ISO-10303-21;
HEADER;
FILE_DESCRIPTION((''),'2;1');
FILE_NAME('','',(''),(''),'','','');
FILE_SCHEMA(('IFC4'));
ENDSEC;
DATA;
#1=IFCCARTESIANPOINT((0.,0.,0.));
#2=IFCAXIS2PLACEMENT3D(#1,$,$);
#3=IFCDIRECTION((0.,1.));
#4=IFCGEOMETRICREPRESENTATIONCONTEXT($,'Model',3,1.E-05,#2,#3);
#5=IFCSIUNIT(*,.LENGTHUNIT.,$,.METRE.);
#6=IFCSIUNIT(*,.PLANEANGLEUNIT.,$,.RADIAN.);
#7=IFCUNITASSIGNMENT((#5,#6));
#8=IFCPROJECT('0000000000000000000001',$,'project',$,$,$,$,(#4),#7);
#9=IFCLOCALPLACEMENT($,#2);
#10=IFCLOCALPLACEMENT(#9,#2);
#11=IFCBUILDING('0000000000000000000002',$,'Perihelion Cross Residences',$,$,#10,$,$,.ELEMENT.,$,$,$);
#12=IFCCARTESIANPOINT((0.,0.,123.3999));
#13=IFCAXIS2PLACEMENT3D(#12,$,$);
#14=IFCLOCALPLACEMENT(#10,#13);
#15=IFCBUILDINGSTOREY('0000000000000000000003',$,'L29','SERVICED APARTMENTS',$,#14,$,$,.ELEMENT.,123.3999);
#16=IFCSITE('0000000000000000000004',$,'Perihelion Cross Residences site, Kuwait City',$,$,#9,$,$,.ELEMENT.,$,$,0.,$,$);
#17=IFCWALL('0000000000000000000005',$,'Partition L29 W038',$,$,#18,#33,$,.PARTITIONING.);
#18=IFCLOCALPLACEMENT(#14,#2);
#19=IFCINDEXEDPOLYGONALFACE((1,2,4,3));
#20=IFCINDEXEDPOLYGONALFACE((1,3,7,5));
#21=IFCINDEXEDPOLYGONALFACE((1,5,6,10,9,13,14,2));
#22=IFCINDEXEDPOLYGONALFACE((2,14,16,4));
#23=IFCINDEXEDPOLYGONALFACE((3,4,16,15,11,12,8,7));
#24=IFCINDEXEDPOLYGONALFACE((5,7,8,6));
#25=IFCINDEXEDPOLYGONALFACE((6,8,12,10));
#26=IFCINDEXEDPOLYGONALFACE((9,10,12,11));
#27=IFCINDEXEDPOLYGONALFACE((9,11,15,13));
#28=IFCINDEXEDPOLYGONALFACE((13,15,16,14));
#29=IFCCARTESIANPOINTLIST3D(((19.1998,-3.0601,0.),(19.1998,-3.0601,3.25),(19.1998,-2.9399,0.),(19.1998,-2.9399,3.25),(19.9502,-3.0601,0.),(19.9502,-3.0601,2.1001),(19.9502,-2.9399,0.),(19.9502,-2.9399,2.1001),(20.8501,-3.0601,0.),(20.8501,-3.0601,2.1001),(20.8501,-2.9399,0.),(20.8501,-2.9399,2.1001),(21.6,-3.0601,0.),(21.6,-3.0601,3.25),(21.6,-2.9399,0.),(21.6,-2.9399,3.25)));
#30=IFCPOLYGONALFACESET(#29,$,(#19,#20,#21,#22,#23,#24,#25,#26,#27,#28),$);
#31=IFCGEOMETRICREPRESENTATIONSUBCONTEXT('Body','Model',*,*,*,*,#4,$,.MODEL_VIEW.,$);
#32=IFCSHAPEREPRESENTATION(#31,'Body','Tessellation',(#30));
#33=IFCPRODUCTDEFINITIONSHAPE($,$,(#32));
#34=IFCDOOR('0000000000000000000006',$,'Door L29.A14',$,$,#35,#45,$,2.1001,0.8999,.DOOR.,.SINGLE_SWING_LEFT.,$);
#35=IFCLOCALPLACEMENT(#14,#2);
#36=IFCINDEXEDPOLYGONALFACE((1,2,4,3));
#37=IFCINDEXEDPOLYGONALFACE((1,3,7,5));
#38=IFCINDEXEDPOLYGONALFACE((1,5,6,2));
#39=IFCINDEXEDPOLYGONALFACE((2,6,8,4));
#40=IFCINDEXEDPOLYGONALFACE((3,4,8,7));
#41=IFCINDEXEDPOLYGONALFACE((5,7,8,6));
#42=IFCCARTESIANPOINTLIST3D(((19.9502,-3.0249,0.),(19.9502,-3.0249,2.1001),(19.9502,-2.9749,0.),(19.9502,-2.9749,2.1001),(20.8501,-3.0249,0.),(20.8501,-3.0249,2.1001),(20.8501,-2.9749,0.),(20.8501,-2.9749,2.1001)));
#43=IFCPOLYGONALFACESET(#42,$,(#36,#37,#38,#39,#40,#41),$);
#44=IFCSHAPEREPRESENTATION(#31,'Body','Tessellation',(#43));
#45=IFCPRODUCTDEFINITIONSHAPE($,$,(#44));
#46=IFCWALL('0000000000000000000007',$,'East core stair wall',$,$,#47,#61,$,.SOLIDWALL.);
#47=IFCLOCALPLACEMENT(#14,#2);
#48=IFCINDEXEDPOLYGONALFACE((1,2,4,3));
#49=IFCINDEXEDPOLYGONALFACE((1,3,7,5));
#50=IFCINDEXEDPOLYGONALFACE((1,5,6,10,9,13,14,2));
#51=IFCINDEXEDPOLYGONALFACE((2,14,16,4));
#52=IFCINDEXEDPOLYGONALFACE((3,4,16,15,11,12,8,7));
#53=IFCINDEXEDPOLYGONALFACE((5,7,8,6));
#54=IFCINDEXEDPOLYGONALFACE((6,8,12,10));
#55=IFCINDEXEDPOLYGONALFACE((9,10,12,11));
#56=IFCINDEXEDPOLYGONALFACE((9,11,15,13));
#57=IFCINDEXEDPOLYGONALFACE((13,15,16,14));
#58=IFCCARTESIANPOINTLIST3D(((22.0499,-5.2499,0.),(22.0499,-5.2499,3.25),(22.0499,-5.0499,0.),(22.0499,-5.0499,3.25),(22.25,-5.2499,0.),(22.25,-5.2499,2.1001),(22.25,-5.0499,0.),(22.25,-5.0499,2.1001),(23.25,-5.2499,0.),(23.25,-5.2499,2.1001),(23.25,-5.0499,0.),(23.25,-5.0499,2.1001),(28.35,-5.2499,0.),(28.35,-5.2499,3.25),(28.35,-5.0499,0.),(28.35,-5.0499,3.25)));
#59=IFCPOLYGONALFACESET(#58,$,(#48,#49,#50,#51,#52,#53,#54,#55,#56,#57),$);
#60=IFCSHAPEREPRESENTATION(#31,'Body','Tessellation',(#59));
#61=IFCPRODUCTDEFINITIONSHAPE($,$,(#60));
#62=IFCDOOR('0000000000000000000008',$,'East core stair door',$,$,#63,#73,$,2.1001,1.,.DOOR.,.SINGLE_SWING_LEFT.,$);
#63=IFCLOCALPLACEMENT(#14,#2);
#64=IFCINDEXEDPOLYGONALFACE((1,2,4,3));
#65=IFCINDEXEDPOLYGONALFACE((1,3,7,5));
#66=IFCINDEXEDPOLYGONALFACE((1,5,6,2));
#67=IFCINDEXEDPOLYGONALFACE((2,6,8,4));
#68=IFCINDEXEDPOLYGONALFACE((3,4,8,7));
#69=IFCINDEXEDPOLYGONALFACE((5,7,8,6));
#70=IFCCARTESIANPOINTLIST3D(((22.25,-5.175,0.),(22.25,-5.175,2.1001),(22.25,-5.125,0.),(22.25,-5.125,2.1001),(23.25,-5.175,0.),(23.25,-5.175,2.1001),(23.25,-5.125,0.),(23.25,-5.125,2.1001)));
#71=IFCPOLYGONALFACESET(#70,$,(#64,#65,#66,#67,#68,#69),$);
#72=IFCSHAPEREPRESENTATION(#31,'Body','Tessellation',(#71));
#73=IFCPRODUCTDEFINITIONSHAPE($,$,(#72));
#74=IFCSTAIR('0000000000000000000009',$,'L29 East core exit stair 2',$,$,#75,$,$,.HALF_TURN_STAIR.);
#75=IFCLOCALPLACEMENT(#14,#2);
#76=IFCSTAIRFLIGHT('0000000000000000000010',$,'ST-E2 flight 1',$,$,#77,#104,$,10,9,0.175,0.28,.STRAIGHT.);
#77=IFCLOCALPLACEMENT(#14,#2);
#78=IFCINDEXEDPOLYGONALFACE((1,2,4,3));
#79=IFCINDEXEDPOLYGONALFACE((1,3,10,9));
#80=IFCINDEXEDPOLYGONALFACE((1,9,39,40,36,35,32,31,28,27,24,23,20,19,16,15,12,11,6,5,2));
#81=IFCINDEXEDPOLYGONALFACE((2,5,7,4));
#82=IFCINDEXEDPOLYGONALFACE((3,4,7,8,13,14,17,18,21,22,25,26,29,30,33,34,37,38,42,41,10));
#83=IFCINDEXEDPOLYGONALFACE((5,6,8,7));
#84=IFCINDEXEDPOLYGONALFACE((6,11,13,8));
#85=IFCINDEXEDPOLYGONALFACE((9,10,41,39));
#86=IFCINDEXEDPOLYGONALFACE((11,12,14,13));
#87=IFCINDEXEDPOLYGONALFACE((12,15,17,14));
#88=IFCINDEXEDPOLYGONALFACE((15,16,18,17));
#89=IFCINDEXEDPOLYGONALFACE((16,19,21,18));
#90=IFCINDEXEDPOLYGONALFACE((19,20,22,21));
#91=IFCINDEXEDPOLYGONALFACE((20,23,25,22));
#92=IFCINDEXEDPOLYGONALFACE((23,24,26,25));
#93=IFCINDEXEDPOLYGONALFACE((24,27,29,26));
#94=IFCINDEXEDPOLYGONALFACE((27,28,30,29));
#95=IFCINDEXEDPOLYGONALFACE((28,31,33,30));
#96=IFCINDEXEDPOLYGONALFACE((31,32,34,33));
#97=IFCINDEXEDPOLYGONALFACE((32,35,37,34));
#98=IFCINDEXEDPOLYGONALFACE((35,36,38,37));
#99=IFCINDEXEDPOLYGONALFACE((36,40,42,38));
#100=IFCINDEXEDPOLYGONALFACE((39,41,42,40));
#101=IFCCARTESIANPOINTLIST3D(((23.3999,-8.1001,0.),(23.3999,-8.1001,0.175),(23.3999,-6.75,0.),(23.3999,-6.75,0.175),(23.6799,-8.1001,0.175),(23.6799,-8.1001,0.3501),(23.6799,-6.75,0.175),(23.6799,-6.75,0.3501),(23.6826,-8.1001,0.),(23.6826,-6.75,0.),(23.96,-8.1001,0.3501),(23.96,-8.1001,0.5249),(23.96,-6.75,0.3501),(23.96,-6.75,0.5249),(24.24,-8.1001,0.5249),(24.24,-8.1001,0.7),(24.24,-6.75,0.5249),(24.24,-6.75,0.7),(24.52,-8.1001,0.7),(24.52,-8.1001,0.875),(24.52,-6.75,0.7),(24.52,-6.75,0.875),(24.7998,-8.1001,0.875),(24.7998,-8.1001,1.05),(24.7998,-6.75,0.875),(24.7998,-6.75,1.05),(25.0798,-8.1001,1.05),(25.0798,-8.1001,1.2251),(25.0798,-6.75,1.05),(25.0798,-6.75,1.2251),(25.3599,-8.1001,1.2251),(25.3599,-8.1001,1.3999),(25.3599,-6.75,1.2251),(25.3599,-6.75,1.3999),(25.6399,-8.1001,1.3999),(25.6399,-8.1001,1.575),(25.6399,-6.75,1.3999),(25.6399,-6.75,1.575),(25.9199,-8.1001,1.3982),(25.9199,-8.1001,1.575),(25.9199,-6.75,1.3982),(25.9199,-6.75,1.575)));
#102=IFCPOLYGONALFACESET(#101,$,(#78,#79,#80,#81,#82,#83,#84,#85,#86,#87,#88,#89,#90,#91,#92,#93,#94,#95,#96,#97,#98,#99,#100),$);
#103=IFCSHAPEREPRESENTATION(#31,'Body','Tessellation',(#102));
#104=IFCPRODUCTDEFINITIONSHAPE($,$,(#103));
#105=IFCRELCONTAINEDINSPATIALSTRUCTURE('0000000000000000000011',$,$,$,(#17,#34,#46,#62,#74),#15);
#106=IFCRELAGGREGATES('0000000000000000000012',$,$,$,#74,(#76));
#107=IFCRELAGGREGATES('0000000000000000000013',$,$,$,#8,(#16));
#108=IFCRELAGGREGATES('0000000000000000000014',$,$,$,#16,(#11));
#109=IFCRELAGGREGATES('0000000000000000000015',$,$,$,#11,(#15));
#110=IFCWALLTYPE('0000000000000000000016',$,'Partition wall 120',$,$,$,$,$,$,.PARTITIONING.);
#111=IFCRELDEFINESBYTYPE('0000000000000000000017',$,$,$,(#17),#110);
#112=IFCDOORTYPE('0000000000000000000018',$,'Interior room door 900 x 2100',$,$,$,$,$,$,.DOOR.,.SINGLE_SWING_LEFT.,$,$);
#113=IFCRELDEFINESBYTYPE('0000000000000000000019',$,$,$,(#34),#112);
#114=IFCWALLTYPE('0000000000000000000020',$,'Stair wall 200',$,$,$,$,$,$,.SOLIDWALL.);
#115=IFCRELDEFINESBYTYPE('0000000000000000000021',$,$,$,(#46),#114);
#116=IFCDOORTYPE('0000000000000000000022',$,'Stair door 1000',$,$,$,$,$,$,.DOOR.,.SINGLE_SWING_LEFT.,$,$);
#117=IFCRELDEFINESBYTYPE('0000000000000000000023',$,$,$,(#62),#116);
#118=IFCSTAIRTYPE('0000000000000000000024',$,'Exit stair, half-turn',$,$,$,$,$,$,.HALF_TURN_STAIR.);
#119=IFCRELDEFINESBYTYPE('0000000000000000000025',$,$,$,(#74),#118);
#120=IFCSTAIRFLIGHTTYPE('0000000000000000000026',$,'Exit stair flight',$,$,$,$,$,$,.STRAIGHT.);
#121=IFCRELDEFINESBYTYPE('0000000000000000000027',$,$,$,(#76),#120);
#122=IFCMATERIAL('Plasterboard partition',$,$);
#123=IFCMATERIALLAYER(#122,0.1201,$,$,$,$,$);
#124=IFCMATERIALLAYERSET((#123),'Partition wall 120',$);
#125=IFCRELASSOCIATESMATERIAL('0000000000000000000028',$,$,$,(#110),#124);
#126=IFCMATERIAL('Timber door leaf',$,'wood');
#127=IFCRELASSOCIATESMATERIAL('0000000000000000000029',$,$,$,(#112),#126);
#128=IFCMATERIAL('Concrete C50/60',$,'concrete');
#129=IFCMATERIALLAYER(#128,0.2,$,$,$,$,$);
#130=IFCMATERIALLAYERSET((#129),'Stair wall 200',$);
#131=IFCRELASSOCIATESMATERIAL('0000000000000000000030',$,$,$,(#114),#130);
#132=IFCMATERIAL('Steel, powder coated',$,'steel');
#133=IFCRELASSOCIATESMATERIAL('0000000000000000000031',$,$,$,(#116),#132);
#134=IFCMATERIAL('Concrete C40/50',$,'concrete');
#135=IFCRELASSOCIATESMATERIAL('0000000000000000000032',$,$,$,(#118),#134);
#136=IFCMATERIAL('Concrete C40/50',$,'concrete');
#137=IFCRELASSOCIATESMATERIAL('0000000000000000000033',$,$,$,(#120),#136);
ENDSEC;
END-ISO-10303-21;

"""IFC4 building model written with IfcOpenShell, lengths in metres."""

from ifc_helpers import new_model, si_unit, direction, frame, frame_2d, origin, place, context, subcontext, project, spatial, polyline, rectangle, outline, extrude, material, layer, layer_set, type_object, element, fill, aggregate, save


model = new_model("IFC4")

# Units and contexts
model_context = context("Model", 3, precision=1e-05, world=origin(), true_north=direction((0.0, 1.0)))
body_context = subcontext(model_context, "Body", "Model", "MODEL_VIEW")
ifc_project = project(units=[si_unit("LENGTHUNIT", "METRE"), si_unit("PLANEANGLEUNIT", "RADIAN")], contexts=[model_context])

# Site, building, storey
site_placement = place(None, origin())
site = spatial("IfcSite", under=ifc_project, at=site_placement, Name="Perihelion Cross Residences site, Kuwait City", CompositionType="ELEMENT", RefElevation=0.0)
building_placement = place(site_placement, origin())
building = spatial("IfcBuilding", under=site, at=building_placement, Name="Perihelion Cross Residences", CompositionType="ELEMENT")
storey_placement = place(building_placement, frame((0.0, 0.0, 123.3999)))
storey = spatial("IfcBuildingStorey", under=building, at=storey_placement, Name="L29", Description="SERVICED APARTMENTS", CompositionType="ELEMENT", Elevation=123.3999)

# Walls, openings, doors
ifc_material_1 = material(Name="Plasterboard partition")
ifc_layer_1 = layer(ifc_material_1, 0.1201)
ifc_layer_set_1 = layer_set([ifc_layer_1], Name="Partition wall 120")
wall_type_1 = type_object("IfcWallType", Name="Partition wall 120", PredefinedType="PARTITIONING", material=ifc_layer_set_1)
wall_1_placement = place(storey_placement, frame((21.6001, -3.0, 0.0), z_axis=(0.0, 0.0, 1.0), x_axis=(-1.0, 0.0, 0.0)))
wall_1 = element("IfcWall", 1, at=wall_1_placement, inside=storey, type_object=wall_type_1, Name="Partition L29 W038", PredefinedType="PARTITIONING", context=body_context, shape_type="SweptSolid", body=[
    extrude(rectangle(XDim=2.4001, YDim=0.1201, at=frame_2d((1.2002, 0.0))), origin(), (0.0, 0.0, 1.0), 3.25),
])
opening_1_placement = place(wall_1_placement, frame((0.75, 0.0, 0.0)))
opening_1 = element("IfcOpeningElement", 2, at=opening_1_placement, cuts=wall_1, PredefinedType="OPENING", context=body_context, shape_type="SweptSolid", body=[
    extrude(rectangle(XDim=0.8999, YDim=2.1001, at=frame_2d((0.45, 1.05))), frame((0.0, 0.0701, 0.0), z_axis=(0.0, -1.0, 0.0), x_axis=(1.0, 0.0, 0.0)), (0.0, 0.0, 1.0), 0.1401),
])
ifc_material_2 = material(Name="Timber door leaf", Category="wood")
door_type_1 = type_object("IfcDoorType", Name="Interior room door 900 x 2100", OperationType="SINGLE_SWING_LEFT", PredefinedType="DOOR", material=ifc_material_2)
door_1_placement = place(opening_1_placement, origin())
door_1 = element("IfcDoor", 3, at=door_1_placement, inside=storey, type_object=door_type_1, Name="Door L29.A14", OperationType="SINGLE_SWING_LEFT", OverallHeight=2.1001, OverallWidth=0.8999, PredefinedType="DOOR", context=body_context, shape_type="SweptSolid", body=[
    extrude(rectangle(XDim=0.8999, YDim=2.1001, at=frame_2d((0.45, 1.05))), frame((0.0, 0.0249, 0.0), z_axis=(0.0, -1.0, 0.0), x_axis=(1.0, 0.0, 0.0)), (0.0, 0.0, 1.0), 0.05),
])
fill(opening_1, door_1)
ifc_material_3 = material(Name="Concrete C50/60", Category="concrete")
ifc_layer_2 = layer(ifc_material_3, 0.2)
ifc_layer_set_2 = layer_set([ifc_layer_2], Name="Stair wall 200")
wall_type_2 = type_object("IfcWallType", Name="Stair wall 200", PredefinedType="SOLIDWALL", material=ifc_layer_set_2)
wall_2_placement = place(storey_placement, frame((22.05, -5.1499, 0.0), z_axis=(0.0, 0.0, 1.0), x_axis=(1.0, 0.0, 0.0)))
wall_2 = element("IfcWall", 4, at=wall_2_placement, inside=storey, type_object=wall_type_2, Name="East core stair wall", PredefinedType="SOLIDWALL", context=body_context, shape_type="SweptSolid", body=[
    extrude(rectangle(XDim=6.3, YDim=0.2, at=frame_2d((3.1499, 0.0))), origin(), (0.0, 0.0, 1.0), 3.25),
])
opening_2_placement = place(wall_2_placement, frame((0.2, 0.0, 0.0)))
opening_2 = element("IfcOpeningElement", 5, at=opening_2_placement, cuts=wall_2, PredefinedType="OPENING", context=body_context, shape_type="SweptSolid", body=[
    extrude(rectangle(XDim=1.0, YDim=2.1001, at=frame_2d((0.5, 1.05))), frame((0.0, 0.1099, 0.0), z_axis=(0.0, -1.0, 0.0), x_axis=(1.0, 0.0, 0.0)), (0.0, 0.0, 1.0), 0.22),
])
ifc_material_4 = material(Name="Steel, powder coated", Category="steel")
door_type_2 = type_object("IfcDoorType", Name="Stair door 1000", OperationType="SINGLE_SWING_LEFT", PredefinedType="DOOR", material=ifc_material_4)
door_2_placement = place(opening_2_placement, origin())
door_2 = element("IfcDoor", 6, at=door_2_placement, inside=storey, type_object=door_type_2, Name="East core stair door", OperationType="SINGLE_SWING_LEFT", OverallHeight=2.1001, OverallWidth=1.0, PredefinedType="DOOR", context=body_context, shape_type="SweptSolid", body=[
    extrude(rectangle(XDim=1.0, YDim=2.1001, at=frame_2d((0.5, 1.05))), frame((0.0, 0.0249, 0.0), z_axis=(0.0, -1.0, 0.0), x_axis=(1.0, 0.0, 0.0)), (0.0, 0.0, 1.0), 0.05),
])
fill(opening_2, door_2)

# Stair, stair flight
ifc_material_5 = material(Name="Concrete C40/50", Category="concrete")
stair_type = type_object("IfcStairType", Name="Exit stair, half-turn", PredefinedType="HALF_TURN_STAIR", material=ifc_material_5)
stair_placement = place(storey_placement, origin())
stair = element("IfcStair", 7, at=stair_placement, inside=storey, type_object=stair_type, Name="L29 East core exit stair 2", PredefinedType="HALF_TURN_STAIR")
ifc_material_6 = material(Name="Concrete C40/50", Category="concrete")
stair_flight_type = type_object("IfcStairFlightType", Name="Exit stair flight", PredefinedType="STRAIGHT", material=ifc_material_6)
stair_flight_placement = place(storey_placement, frame((23.3999, -7.425, 0.0), z_axis=(0.0, 0.0, 1.0), x_axis=(1.0, 0.0, 0.0)))
stair_flight = element("IfcStairFlight", 8, at=stair_flight_placement, type_object=stair_flight_type, Name="ST-E2 flight 1", NumberOfRisers=10, NumberOfTreads=9, PredefinedType="STRAIGHT", RiserHeight=0.175, TreadLength=0.28, context=body_context, shape_type="SweptSolid", body=[
    extrude(outline(polyline([(0.0, 0.0), (0.0, 0.175), (0.28, 0.175), (0.28, 0.3501), (0.5601, 0.3501), (0.5601, 0.5249), (0.8401, 0.5249), (0.8401, 0.7), (1.1201, 0.7), (1.1201, 0.875), (1.3999, 0.875), (1.3999, 1.05), (1.6799, 1.05), (1.6799, 1.2251), (1.96, 1.2251), (1.96, 1.3999), (2.24, 1.3999), (2.24, 1.575), (2.52, 1.575), (2.52, 1.75), (2.52, 1.3982), (0.2827, 0.0), (0.0, 0.0)])), frame((0.0, 0.675, 0.0), z_axis=(0.0, -1.0, 0.0), x_axis=(1.0, 0.0, 0.0)), (0.0, 0.0, 1.0), 1.3501),
])
aggregate(stair, [stair_flight])

save(model, "model.ifc")
